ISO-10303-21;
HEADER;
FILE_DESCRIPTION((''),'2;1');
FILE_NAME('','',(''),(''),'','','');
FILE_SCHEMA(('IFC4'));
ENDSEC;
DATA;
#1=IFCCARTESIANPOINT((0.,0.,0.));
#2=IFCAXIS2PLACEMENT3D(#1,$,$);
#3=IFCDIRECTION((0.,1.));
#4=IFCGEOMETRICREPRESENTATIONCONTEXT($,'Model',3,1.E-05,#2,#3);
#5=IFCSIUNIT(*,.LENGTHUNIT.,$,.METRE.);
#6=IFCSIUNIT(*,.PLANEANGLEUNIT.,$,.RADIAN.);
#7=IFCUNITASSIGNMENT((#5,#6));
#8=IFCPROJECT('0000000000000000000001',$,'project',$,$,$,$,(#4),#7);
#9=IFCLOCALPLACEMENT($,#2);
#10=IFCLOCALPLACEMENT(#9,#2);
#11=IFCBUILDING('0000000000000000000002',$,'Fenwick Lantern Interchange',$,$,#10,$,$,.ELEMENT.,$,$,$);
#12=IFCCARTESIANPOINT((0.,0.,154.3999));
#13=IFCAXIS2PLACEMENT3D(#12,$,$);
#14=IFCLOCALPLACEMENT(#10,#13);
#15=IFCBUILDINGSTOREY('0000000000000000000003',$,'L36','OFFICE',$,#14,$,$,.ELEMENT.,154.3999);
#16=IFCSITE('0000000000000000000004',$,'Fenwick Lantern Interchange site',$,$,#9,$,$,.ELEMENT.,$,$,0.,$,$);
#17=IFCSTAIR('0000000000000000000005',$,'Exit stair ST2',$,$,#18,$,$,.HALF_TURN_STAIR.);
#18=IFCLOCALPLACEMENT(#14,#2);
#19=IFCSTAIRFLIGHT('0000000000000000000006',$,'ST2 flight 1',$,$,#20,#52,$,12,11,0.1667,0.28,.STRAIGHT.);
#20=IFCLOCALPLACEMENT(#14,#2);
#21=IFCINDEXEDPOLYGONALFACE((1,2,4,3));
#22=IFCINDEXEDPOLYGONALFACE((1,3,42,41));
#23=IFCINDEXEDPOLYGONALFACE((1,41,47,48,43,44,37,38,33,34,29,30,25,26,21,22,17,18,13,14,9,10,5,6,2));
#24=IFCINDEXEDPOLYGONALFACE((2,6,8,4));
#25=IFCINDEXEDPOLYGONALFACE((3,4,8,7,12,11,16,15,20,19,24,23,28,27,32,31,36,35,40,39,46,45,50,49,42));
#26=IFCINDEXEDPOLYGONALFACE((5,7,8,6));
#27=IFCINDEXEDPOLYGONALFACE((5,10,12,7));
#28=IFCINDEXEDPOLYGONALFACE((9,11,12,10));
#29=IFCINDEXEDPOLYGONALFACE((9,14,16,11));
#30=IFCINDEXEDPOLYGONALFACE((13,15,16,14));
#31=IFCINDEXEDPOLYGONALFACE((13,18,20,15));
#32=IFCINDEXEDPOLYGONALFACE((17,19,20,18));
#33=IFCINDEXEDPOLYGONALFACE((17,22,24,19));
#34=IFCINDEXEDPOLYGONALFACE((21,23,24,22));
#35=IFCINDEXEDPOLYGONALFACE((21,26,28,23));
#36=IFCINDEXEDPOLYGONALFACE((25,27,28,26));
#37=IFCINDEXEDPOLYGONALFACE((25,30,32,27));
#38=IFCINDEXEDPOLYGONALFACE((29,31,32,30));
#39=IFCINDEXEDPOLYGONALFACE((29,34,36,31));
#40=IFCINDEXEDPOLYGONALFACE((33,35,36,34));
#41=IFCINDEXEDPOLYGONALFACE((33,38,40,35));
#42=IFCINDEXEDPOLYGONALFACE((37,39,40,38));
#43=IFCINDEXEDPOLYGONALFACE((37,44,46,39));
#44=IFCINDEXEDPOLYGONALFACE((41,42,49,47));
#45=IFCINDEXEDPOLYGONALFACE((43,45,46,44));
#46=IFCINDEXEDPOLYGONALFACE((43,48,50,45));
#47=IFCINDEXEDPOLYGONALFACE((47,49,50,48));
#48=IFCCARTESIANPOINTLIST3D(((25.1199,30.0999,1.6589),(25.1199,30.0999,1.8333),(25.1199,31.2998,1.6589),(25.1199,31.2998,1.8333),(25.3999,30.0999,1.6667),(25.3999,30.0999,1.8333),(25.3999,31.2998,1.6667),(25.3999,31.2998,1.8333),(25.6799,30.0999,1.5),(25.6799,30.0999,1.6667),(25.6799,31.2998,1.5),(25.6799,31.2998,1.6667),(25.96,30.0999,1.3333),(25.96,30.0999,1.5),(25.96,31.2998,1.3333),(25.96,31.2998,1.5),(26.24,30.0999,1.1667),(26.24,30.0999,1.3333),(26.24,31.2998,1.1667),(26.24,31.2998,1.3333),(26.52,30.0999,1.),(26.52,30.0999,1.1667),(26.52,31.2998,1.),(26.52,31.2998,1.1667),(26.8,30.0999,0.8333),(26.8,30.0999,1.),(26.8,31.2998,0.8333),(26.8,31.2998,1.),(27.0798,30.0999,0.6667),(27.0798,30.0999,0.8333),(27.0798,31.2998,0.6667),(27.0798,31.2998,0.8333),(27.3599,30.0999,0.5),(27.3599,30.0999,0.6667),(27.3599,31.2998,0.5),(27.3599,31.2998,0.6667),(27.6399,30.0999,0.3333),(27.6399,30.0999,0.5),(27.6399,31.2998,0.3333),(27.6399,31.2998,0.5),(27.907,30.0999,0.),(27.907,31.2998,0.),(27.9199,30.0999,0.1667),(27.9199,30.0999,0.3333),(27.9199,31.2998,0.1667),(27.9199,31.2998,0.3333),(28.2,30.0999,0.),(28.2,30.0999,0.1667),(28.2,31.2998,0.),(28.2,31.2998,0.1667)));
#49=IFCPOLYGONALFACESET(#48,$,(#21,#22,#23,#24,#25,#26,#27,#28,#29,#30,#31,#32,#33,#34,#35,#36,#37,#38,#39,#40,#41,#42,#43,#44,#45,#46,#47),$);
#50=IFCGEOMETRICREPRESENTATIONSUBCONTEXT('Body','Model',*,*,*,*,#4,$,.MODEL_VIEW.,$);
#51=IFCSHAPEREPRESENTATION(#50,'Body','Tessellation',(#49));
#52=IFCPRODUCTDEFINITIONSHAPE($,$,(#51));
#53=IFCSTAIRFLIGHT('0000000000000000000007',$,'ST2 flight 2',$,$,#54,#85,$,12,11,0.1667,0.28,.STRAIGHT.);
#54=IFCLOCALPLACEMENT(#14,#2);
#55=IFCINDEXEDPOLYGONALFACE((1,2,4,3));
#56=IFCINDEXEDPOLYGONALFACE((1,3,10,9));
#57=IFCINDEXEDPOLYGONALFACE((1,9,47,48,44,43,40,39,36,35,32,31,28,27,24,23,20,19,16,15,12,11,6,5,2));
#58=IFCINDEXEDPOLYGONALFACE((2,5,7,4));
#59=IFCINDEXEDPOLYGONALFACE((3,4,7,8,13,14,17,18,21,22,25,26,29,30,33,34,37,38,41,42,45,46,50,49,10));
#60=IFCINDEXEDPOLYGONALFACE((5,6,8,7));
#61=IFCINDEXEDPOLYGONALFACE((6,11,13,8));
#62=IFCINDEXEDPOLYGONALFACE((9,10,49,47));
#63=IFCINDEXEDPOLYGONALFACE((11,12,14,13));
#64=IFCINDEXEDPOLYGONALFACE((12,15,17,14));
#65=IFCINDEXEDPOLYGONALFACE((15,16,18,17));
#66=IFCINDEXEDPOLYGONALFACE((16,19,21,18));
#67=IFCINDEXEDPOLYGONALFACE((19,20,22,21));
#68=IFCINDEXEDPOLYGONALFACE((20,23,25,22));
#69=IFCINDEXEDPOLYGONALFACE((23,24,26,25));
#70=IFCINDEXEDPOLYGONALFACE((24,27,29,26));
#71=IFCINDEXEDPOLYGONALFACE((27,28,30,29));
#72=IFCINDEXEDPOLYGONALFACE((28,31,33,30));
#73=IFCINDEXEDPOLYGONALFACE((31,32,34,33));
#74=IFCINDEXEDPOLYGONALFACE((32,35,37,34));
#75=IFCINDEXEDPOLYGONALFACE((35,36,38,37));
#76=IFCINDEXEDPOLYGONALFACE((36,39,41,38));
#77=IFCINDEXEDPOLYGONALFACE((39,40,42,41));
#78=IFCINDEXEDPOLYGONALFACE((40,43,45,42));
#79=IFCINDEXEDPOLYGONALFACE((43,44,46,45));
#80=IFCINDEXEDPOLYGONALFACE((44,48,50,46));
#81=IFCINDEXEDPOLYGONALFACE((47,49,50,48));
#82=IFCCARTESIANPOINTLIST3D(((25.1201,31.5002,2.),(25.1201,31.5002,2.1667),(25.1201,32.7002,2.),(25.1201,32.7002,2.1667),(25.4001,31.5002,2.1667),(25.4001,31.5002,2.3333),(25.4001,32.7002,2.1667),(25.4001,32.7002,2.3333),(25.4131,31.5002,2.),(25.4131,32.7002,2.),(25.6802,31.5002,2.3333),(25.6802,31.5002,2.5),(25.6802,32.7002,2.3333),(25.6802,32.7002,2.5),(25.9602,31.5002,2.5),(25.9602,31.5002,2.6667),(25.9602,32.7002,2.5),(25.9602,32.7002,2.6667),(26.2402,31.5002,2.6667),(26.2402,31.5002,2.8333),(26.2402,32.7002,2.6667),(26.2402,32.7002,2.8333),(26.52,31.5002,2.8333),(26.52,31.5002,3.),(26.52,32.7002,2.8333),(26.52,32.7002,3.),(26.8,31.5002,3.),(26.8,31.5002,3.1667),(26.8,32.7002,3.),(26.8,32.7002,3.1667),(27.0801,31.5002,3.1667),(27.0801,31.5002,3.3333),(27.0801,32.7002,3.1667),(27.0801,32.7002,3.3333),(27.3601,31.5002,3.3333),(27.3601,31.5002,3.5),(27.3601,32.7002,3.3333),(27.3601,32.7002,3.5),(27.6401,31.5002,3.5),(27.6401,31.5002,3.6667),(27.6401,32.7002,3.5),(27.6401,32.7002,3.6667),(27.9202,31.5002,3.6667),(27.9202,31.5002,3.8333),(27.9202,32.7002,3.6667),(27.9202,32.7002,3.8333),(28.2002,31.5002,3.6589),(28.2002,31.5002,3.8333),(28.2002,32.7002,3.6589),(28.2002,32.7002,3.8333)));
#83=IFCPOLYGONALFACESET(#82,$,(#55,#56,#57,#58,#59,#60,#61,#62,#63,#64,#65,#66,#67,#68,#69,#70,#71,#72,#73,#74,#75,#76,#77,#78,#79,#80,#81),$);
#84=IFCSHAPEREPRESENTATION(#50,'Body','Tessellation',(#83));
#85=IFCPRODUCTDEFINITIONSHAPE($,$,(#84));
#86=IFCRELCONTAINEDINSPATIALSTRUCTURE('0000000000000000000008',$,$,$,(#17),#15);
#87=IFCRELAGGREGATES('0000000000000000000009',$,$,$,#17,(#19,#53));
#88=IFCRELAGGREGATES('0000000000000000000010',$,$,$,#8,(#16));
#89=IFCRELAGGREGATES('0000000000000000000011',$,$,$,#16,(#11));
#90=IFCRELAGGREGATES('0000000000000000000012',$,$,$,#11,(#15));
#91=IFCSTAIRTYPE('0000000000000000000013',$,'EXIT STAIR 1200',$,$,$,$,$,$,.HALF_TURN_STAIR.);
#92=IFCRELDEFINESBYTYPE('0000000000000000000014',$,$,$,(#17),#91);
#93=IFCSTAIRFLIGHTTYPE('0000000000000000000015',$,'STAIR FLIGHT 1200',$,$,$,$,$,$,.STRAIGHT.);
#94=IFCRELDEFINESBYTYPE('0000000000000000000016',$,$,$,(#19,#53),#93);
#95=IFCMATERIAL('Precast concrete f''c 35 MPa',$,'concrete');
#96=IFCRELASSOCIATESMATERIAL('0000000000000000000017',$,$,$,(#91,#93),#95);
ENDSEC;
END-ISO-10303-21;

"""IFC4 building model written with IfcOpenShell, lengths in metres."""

from ifc_helpers import new_model, si_unit, direction, frame, origin, place, context, subcontext, project, spatial, polyline, outline, extrude, material, type_object, element, aggregate, save


model = new_model("IFC4")

# Units and contexts
model_context = context("Model", 3, precision=1e-05, world=origin(), true_north=direction((0.0, 1.0)))
body_context = subcontext(model_context, "Body", "Model", "MODEL_VIEW")
ifc_project = project(units=[si_unit("LENGTHUNIT", "METRE"), si_unit("PLANEANGLEUNIT", "RADIAN")], contexts=[model_context])

# Site, building, storey
site_placement = place(None, origin())
site = spatial("IfcSite", under=ifc_project, at=site_placement, Name="Fenwick Lantern Interchange site", CompositionType="ELEMENT", RefElevation=0.0)
building_placement = place(site_placement, origin())
building = spatial("IfcBuilding", under=site, at=building_placement, Name="Fenwick Lantern Interchange", CompositionType="ELEMENT")
storey_placement = place(building_placement, frame((0.0, 0.0, 154.3999)))
storey = spatial("IfcBuildingStorey", under=building, at=storey_placement, Name="L36", Description="OFFICE", CompositionType="ELEMENT", Elevation=154.3999)

# Stair, stair flights
ifc_material_1 = material(Name="Precast concrete f'c 35 MPa", Category="concrete")
stair_type = type_object("IfcStairType", Name="EXIT STAIR 1200", PredefinedType="HALF_TURN_STAIR", material=ifc_material_1)
stair_placement = place(storey_placement, origin())
stair = element("IfcStair", 1, at=stair_placement, inside=storey, type_object=stair_type, Name="Exit stair ST2", PredefinedType="HALF_TURN_STAIR")
stair_flight_type = type_object("IfcStairFlightType", Name="STAIR FLIGHT 1200", PredefinedType="STRAIGHT", material=ifc_material_1)
stair_flight_1_placement = place(storey_placement, frame((28.2, 30.7, 0.0), z_axis=(0.0, 0.0, 1.0), x_axis=(-1.0, 0.0, 0.0)))
stair_flight_1 = element("IfcStairFlight", 2, at=stair_flight_1_placement, type_object=stair_flight_type, Name="ST2 flight 1", NumberOfRisers=12, NumberOfTreads=11, PredefinedType="STRAIGHT", RiserHeight=0.1667, TreadLength=0.28, context=body_context, shape_type="SweptSolid", body=[
    extrude(outline(polyline([(0.0, 0.0), (0.0, 0.1667), (0.28, 0.1667), (0.28, 0.3333), (0.5601, 0.3333), (0.5601, 0.5), (0.8401, 0.5), (0.8401, 0.6667), (1.1201, 0.6667), (1.1201, 0.8333), (1.3999, 0.8333), (1.3999, 1.0), (1.6799, 1.0), (1.6799, 1.1667), (1.96, 1.1667), (1.96, 1.3333), (2.24, 1.3333), (2.24, 1.5), (2.52, 1.5), (2.52, 1.6667), (2.8, 1.6667), (2.8, 1.8333), (3.0801, 1.8333), (3.0801, 2.0), (3.0801, 1.6589), (0.293, 0.0), (0.0, 0.0)])), frame((0.0, 0.6001, 0.0), z_axis=(0.0, -1.0, 0.0), x_axis=(1.0, 0.0, 0.0)), (0.0, 0.0, 1.0), 1.2),
])
stair_flight_2_placement = place(storey_placement, frame((25.1201, 32.1001, 2.0), z_axis=(0.0, 0.0, 1.0), x_axis=(1.0, 0.0, 0.0)))
stair_flight_2 = element("IfcStairFlight", 3, at=stair_flight_2_placement, type_object=stair_flight_type, Name="ST2 flight 2", NumberOfRisers=12, NumberOfTreads=11, PredefinedType="STRAIGHT", RiserHeight=0.1667, TreadLength=0.28, context=body_context, shape_type="SweptSolid", body=[
    extrude(outline(polyline([(0.0, 0.0), (0.0, 0.1667), (0.28, 0.1667), (0.28, 0.3333), (0.5601, 0.3333), (0.5601, 0.5), (0.8401, 0.5), (0.8401, 0.6667), (1.1201, 0.6667), (1.1201, 0.8333), (1.3999, 0.8333), (1.3999, 1.0), (1.6799, 1.0), (1.6799, 1.1667), (1.96, 1.1667), (1.96, 1.3333), (2.24, 1.3333), (2.24, 1.5), (2.52, 1.5), (2.52, 1.6667), (2.8, 1.6667), (2.8, 1.8333), (3.0801, 1.8333), (3.0801, 2.0), (3.0801, 1.6589), (0.293, 0.0), (0.0, 0.0)])), frame((0.0, 0.6001, 0.0), z_axis=(0.0, -1.0, 0.0), x_axis=(1.0, 0.0, 0.0)), (0.0, 0.0, 1.0), 1.2),
])
aggregate(stair, [stair_flight_1, stair_flight_2])

save(model, "model.ifc")
